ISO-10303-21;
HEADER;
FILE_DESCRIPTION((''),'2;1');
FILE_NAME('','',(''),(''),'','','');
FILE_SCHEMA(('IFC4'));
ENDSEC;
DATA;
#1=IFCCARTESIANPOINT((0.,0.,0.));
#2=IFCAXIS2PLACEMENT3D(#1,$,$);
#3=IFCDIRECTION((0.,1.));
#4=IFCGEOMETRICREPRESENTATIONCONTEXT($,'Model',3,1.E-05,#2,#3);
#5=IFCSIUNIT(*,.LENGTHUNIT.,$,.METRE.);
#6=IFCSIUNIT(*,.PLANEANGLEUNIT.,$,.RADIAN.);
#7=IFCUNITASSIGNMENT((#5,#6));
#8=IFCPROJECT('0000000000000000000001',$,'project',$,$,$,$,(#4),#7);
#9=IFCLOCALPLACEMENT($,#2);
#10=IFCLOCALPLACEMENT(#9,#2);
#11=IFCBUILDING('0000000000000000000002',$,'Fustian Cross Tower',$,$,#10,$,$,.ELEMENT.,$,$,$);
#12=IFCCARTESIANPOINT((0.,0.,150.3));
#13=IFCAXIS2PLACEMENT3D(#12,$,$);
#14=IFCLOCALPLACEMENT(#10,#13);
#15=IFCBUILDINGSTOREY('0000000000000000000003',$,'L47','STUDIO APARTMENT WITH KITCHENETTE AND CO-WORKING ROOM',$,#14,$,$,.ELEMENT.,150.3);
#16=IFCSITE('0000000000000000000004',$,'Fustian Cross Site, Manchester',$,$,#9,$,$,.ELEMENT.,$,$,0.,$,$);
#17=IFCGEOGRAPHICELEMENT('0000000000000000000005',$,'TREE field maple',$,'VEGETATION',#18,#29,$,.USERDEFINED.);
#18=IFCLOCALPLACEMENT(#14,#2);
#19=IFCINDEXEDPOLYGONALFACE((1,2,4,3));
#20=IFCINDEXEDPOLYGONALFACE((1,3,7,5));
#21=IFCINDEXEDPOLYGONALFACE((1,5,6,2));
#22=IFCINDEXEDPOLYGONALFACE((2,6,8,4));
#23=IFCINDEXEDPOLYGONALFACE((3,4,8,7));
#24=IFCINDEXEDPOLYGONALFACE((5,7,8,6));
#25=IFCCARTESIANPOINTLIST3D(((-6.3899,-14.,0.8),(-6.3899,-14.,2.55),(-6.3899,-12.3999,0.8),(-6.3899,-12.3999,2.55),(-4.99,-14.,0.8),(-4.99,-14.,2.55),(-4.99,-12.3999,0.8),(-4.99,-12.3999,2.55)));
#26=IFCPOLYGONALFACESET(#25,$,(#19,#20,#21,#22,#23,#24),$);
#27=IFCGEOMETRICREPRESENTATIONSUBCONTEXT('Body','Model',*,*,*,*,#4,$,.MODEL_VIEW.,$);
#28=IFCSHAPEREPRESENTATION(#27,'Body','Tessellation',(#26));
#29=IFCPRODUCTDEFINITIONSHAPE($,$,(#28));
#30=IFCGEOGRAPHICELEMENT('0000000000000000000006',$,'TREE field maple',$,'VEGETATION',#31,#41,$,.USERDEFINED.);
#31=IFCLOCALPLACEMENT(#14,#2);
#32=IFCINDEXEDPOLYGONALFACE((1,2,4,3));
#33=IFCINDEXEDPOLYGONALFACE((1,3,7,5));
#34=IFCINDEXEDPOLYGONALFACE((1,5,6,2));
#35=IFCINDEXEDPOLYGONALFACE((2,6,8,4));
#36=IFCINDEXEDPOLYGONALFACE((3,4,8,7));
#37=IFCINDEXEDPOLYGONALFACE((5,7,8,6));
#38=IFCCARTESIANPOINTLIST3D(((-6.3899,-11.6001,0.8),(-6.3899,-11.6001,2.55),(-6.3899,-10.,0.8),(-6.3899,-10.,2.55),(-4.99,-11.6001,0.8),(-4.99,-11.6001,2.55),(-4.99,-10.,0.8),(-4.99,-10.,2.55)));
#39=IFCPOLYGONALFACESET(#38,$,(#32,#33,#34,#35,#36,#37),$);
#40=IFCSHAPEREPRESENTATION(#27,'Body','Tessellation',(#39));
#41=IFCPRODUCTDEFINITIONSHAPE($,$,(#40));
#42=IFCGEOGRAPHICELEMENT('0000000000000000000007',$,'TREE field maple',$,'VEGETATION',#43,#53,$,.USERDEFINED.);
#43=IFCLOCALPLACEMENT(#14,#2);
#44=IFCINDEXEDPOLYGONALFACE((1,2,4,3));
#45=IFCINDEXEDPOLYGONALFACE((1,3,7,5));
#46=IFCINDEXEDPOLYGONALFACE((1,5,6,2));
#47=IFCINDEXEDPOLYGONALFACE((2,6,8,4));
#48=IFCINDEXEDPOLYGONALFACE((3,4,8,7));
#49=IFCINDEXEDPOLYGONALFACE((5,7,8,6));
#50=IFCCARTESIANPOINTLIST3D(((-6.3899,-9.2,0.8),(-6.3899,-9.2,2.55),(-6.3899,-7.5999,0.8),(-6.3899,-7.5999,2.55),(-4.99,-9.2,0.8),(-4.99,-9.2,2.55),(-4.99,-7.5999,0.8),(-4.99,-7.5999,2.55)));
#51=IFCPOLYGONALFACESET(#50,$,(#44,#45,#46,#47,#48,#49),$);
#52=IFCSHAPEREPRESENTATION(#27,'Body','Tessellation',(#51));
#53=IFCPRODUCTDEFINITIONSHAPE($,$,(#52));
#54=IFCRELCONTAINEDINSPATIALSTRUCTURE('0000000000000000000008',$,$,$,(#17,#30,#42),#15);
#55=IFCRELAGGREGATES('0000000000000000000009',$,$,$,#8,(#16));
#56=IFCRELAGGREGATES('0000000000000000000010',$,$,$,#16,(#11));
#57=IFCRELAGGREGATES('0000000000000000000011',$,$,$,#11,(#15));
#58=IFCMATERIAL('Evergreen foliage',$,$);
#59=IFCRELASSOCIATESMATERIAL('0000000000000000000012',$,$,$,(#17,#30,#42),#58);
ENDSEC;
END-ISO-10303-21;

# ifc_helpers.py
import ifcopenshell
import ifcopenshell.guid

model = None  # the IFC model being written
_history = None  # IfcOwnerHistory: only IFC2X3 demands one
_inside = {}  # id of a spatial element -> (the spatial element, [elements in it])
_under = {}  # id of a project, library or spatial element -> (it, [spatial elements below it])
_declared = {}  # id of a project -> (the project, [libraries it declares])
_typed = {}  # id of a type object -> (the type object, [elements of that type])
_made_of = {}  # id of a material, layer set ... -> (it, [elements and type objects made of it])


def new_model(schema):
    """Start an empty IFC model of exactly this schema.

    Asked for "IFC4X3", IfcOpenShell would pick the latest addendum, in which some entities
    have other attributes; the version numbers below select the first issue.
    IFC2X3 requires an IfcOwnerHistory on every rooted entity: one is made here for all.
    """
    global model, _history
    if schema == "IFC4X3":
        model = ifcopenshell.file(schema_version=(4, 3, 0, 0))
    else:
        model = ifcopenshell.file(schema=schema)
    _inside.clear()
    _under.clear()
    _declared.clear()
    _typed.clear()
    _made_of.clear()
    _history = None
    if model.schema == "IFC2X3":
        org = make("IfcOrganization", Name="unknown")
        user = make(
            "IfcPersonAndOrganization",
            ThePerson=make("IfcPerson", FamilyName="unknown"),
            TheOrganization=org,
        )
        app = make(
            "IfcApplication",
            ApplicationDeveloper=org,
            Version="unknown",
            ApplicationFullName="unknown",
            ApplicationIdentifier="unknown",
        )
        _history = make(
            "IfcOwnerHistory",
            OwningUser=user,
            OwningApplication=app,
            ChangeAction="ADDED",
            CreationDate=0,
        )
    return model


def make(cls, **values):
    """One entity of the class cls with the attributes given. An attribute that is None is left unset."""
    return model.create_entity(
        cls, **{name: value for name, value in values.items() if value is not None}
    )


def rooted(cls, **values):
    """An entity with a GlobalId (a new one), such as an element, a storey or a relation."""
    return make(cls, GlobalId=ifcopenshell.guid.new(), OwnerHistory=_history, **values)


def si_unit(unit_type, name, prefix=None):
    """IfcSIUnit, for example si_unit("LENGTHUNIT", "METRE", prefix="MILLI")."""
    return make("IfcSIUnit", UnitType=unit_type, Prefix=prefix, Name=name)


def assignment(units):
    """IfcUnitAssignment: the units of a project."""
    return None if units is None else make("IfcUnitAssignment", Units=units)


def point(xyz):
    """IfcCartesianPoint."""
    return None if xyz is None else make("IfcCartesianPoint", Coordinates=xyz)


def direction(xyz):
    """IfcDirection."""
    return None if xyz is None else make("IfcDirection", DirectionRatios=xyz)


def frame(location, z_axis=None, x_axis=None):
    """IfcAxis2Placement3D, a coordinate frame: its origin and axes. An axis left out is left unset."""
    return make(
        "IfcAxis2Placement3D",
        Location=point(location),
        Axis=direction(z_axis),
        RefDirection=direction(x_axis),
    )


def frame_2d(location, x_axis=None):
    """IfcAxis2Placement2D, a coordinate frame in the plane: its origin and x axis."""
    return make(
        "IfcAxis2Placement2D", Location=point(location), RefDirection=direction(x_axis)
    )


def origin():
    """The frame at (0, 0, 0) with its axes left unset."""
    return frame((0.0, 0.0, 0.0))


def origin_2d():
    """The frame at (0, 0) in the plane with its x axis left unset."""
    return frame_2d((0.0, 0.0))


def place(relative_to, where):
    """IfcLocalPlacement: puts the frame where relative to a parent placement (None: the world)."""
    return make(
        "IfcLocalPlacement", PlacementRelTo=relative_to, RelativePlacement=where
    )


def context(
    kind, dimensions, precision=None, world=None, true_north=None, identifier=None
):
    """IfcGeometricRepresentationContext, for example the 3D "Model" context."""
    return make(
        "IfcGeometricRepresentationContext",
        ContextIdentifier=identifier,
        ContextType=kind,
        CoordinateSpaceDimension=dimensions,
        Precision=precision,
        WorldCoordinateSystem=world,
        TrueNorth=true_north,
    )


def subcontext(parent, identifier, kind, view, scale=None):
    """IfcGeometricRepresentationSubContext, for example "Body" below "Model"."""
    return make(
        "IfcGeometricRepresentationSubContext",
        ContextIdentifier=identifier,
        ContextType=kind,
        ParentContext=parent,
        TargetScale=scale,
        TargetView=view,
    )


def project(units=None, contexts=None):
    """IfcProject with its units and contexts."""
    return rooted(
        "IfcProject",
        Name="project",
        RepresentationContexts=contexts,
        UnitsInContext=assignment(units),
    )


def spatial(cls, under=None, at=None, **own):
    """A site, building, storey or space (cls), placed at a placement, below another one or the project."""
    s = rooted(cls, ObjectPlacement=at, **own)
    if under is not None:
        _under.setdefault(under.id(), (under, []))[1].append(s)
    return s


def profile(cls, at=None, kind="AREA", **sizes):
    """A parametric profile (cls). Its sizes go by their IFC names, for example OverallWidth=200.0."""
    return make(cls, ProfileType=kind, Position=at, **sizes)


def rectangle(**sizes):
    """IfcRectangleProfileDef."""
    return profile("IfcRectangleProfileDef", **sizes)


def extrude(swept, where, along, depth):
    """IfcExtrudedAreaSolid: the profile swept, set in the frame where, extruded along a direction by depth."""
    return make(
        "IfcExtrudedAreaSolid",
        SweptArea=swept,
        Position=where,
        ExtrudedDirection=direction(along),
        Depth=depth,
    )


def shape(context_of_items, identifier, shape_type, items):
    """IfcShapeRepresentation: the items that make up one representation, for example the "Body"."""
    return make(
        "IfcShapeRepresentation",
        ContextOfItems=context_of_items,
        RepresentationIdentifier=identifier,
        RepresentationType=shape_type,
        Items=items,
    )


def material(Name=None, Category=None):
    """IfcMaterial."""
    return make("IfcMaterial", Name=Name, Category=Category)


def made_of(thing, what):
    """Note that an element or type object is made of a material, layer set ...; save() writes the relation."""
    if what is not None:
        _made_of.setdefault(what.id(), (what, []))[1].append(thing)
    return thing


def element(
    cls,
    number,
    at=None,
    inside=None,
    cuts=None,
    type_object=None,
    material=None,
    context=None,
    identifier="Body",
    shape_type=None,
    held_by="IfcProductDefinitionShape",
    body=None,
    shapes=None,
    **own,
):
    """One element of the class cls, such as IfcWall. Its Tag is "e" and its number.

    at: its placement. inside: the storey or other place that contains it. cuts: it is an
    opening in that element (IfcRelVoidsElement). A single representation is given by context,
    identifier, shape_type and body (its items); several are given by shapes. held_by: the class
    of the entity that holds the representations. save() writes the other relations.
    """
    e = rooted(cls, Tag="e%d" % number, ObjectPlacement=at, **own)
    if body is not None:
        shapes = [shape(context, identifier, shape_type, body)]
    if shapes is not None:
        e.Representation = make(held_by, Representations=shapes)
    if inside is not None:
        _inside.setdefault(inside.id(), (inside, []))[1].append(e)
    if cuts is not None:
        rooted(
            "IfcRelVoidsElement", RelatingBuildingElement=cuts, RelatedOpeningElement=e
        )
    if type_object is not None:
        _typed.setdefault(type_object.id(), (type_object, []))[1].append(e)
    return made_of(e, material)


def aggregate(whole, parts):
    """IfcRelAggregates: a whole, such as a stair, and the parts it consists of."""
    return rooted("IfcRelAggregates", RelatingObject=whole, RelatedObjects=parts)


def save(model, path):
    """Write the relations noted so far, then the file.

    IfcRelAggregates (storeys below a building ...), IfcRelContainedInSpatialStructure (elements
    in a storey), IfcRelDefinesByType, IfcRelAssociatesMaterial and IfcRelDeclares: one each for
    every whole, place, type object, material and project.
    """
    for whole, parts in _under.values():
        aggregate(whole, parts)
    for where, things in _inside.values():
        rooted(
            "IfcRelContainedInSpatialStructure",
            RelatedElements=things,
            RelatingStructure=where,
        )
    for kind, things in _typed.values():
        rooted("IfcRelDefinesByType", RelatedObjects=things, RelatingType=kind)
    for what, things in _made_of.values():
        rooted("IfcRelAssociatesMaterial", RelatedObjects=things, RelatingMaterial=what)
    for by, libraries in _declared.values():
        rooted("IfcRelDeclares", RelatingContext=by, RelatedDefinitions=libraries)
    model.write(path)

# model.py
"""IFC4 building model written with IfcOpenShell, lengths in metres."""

from ifc_helpers import new_model, si_unit, direction, frame, origin, origin_2d, place, context, subcontext, project, spatial, rectangle, extrude, material, element, save


model = new_model("IFC4")

# Units and contexts
model_context = context("Model", 3, precision=1e-05, world=origin(), true_north=direction((0.0, 1.0)))
body_context = subcontext(model_context, "Body", "Model", "MODEL_VIEW")
ifc_project = project(units=[si_unit("LENGTHUNIT", "METRE"), si_unit("PLANEANGLEUNIT", "RADIAN")], contexts=[model_context])

# Site, building, storey
site_placement = place(None, origin())
site = spatial("IfcSite", under=ifc_project, at=site_placement, Name="Fustian Cross Site, Manchester", CompositionType="ELEMENT", RefElevation=0.0)
building_placement = place(site_placement, origin())
building = spatial("IfcBuilding", under=site, at=building_placement, Name="Fustian Cross Tower", CompositionType="ELEMENT")
storey_placement = place(building_placement, frame((0.0, 0.0, 150.3)))
storey = spatial("IfcBuildingStorey", under=building, at=storey_placement, Name="L47", Description="STUDIO APARTMENT WITH KITCHENETTE AND CO-WORKING ROOM", CompositionType="ELEMENT", Elevation=150.3)

# Geographic elements
ifc_material_1 = material(Name="Evergreen foliage")
for number, where, z_axis, x_axis, name in (
    (1, (-5.6899, -13.2, 0.8), (0.0, 0.0, 1.0), (1.0, 0.0, 0.0), "TREE field maple"),
    (2, (-5.6899, -10.8, 0.8), (0.0, 0.0, 1.0), (1.0, 0.0, 0.0), "TREE field maple"),
    (3, (-5.6899, -8.3999, 0.8), (0.0, 0.0, 1.0), (1.0, 0.0, 0.0), "TREE field maple"),
):
    element("IfcGeographicElement", number, at=place(storey_placement, frame(where, z_axis=z_axis, x_axis=x_axis)), inside=storey, material=ifc_material_1, Name=name, ObjectType="VEGETATION", PredefinedType="USERDEFINED", context=body_context, shape_type="SweptSolid", body=[
        extrude(rectangle(XDim=1.3999, YDim=1.6001, at=origin_2d()), origin(), (0.0, 0.0, 1.0), 1.75),
    ])

save(model, "model.ifc")
